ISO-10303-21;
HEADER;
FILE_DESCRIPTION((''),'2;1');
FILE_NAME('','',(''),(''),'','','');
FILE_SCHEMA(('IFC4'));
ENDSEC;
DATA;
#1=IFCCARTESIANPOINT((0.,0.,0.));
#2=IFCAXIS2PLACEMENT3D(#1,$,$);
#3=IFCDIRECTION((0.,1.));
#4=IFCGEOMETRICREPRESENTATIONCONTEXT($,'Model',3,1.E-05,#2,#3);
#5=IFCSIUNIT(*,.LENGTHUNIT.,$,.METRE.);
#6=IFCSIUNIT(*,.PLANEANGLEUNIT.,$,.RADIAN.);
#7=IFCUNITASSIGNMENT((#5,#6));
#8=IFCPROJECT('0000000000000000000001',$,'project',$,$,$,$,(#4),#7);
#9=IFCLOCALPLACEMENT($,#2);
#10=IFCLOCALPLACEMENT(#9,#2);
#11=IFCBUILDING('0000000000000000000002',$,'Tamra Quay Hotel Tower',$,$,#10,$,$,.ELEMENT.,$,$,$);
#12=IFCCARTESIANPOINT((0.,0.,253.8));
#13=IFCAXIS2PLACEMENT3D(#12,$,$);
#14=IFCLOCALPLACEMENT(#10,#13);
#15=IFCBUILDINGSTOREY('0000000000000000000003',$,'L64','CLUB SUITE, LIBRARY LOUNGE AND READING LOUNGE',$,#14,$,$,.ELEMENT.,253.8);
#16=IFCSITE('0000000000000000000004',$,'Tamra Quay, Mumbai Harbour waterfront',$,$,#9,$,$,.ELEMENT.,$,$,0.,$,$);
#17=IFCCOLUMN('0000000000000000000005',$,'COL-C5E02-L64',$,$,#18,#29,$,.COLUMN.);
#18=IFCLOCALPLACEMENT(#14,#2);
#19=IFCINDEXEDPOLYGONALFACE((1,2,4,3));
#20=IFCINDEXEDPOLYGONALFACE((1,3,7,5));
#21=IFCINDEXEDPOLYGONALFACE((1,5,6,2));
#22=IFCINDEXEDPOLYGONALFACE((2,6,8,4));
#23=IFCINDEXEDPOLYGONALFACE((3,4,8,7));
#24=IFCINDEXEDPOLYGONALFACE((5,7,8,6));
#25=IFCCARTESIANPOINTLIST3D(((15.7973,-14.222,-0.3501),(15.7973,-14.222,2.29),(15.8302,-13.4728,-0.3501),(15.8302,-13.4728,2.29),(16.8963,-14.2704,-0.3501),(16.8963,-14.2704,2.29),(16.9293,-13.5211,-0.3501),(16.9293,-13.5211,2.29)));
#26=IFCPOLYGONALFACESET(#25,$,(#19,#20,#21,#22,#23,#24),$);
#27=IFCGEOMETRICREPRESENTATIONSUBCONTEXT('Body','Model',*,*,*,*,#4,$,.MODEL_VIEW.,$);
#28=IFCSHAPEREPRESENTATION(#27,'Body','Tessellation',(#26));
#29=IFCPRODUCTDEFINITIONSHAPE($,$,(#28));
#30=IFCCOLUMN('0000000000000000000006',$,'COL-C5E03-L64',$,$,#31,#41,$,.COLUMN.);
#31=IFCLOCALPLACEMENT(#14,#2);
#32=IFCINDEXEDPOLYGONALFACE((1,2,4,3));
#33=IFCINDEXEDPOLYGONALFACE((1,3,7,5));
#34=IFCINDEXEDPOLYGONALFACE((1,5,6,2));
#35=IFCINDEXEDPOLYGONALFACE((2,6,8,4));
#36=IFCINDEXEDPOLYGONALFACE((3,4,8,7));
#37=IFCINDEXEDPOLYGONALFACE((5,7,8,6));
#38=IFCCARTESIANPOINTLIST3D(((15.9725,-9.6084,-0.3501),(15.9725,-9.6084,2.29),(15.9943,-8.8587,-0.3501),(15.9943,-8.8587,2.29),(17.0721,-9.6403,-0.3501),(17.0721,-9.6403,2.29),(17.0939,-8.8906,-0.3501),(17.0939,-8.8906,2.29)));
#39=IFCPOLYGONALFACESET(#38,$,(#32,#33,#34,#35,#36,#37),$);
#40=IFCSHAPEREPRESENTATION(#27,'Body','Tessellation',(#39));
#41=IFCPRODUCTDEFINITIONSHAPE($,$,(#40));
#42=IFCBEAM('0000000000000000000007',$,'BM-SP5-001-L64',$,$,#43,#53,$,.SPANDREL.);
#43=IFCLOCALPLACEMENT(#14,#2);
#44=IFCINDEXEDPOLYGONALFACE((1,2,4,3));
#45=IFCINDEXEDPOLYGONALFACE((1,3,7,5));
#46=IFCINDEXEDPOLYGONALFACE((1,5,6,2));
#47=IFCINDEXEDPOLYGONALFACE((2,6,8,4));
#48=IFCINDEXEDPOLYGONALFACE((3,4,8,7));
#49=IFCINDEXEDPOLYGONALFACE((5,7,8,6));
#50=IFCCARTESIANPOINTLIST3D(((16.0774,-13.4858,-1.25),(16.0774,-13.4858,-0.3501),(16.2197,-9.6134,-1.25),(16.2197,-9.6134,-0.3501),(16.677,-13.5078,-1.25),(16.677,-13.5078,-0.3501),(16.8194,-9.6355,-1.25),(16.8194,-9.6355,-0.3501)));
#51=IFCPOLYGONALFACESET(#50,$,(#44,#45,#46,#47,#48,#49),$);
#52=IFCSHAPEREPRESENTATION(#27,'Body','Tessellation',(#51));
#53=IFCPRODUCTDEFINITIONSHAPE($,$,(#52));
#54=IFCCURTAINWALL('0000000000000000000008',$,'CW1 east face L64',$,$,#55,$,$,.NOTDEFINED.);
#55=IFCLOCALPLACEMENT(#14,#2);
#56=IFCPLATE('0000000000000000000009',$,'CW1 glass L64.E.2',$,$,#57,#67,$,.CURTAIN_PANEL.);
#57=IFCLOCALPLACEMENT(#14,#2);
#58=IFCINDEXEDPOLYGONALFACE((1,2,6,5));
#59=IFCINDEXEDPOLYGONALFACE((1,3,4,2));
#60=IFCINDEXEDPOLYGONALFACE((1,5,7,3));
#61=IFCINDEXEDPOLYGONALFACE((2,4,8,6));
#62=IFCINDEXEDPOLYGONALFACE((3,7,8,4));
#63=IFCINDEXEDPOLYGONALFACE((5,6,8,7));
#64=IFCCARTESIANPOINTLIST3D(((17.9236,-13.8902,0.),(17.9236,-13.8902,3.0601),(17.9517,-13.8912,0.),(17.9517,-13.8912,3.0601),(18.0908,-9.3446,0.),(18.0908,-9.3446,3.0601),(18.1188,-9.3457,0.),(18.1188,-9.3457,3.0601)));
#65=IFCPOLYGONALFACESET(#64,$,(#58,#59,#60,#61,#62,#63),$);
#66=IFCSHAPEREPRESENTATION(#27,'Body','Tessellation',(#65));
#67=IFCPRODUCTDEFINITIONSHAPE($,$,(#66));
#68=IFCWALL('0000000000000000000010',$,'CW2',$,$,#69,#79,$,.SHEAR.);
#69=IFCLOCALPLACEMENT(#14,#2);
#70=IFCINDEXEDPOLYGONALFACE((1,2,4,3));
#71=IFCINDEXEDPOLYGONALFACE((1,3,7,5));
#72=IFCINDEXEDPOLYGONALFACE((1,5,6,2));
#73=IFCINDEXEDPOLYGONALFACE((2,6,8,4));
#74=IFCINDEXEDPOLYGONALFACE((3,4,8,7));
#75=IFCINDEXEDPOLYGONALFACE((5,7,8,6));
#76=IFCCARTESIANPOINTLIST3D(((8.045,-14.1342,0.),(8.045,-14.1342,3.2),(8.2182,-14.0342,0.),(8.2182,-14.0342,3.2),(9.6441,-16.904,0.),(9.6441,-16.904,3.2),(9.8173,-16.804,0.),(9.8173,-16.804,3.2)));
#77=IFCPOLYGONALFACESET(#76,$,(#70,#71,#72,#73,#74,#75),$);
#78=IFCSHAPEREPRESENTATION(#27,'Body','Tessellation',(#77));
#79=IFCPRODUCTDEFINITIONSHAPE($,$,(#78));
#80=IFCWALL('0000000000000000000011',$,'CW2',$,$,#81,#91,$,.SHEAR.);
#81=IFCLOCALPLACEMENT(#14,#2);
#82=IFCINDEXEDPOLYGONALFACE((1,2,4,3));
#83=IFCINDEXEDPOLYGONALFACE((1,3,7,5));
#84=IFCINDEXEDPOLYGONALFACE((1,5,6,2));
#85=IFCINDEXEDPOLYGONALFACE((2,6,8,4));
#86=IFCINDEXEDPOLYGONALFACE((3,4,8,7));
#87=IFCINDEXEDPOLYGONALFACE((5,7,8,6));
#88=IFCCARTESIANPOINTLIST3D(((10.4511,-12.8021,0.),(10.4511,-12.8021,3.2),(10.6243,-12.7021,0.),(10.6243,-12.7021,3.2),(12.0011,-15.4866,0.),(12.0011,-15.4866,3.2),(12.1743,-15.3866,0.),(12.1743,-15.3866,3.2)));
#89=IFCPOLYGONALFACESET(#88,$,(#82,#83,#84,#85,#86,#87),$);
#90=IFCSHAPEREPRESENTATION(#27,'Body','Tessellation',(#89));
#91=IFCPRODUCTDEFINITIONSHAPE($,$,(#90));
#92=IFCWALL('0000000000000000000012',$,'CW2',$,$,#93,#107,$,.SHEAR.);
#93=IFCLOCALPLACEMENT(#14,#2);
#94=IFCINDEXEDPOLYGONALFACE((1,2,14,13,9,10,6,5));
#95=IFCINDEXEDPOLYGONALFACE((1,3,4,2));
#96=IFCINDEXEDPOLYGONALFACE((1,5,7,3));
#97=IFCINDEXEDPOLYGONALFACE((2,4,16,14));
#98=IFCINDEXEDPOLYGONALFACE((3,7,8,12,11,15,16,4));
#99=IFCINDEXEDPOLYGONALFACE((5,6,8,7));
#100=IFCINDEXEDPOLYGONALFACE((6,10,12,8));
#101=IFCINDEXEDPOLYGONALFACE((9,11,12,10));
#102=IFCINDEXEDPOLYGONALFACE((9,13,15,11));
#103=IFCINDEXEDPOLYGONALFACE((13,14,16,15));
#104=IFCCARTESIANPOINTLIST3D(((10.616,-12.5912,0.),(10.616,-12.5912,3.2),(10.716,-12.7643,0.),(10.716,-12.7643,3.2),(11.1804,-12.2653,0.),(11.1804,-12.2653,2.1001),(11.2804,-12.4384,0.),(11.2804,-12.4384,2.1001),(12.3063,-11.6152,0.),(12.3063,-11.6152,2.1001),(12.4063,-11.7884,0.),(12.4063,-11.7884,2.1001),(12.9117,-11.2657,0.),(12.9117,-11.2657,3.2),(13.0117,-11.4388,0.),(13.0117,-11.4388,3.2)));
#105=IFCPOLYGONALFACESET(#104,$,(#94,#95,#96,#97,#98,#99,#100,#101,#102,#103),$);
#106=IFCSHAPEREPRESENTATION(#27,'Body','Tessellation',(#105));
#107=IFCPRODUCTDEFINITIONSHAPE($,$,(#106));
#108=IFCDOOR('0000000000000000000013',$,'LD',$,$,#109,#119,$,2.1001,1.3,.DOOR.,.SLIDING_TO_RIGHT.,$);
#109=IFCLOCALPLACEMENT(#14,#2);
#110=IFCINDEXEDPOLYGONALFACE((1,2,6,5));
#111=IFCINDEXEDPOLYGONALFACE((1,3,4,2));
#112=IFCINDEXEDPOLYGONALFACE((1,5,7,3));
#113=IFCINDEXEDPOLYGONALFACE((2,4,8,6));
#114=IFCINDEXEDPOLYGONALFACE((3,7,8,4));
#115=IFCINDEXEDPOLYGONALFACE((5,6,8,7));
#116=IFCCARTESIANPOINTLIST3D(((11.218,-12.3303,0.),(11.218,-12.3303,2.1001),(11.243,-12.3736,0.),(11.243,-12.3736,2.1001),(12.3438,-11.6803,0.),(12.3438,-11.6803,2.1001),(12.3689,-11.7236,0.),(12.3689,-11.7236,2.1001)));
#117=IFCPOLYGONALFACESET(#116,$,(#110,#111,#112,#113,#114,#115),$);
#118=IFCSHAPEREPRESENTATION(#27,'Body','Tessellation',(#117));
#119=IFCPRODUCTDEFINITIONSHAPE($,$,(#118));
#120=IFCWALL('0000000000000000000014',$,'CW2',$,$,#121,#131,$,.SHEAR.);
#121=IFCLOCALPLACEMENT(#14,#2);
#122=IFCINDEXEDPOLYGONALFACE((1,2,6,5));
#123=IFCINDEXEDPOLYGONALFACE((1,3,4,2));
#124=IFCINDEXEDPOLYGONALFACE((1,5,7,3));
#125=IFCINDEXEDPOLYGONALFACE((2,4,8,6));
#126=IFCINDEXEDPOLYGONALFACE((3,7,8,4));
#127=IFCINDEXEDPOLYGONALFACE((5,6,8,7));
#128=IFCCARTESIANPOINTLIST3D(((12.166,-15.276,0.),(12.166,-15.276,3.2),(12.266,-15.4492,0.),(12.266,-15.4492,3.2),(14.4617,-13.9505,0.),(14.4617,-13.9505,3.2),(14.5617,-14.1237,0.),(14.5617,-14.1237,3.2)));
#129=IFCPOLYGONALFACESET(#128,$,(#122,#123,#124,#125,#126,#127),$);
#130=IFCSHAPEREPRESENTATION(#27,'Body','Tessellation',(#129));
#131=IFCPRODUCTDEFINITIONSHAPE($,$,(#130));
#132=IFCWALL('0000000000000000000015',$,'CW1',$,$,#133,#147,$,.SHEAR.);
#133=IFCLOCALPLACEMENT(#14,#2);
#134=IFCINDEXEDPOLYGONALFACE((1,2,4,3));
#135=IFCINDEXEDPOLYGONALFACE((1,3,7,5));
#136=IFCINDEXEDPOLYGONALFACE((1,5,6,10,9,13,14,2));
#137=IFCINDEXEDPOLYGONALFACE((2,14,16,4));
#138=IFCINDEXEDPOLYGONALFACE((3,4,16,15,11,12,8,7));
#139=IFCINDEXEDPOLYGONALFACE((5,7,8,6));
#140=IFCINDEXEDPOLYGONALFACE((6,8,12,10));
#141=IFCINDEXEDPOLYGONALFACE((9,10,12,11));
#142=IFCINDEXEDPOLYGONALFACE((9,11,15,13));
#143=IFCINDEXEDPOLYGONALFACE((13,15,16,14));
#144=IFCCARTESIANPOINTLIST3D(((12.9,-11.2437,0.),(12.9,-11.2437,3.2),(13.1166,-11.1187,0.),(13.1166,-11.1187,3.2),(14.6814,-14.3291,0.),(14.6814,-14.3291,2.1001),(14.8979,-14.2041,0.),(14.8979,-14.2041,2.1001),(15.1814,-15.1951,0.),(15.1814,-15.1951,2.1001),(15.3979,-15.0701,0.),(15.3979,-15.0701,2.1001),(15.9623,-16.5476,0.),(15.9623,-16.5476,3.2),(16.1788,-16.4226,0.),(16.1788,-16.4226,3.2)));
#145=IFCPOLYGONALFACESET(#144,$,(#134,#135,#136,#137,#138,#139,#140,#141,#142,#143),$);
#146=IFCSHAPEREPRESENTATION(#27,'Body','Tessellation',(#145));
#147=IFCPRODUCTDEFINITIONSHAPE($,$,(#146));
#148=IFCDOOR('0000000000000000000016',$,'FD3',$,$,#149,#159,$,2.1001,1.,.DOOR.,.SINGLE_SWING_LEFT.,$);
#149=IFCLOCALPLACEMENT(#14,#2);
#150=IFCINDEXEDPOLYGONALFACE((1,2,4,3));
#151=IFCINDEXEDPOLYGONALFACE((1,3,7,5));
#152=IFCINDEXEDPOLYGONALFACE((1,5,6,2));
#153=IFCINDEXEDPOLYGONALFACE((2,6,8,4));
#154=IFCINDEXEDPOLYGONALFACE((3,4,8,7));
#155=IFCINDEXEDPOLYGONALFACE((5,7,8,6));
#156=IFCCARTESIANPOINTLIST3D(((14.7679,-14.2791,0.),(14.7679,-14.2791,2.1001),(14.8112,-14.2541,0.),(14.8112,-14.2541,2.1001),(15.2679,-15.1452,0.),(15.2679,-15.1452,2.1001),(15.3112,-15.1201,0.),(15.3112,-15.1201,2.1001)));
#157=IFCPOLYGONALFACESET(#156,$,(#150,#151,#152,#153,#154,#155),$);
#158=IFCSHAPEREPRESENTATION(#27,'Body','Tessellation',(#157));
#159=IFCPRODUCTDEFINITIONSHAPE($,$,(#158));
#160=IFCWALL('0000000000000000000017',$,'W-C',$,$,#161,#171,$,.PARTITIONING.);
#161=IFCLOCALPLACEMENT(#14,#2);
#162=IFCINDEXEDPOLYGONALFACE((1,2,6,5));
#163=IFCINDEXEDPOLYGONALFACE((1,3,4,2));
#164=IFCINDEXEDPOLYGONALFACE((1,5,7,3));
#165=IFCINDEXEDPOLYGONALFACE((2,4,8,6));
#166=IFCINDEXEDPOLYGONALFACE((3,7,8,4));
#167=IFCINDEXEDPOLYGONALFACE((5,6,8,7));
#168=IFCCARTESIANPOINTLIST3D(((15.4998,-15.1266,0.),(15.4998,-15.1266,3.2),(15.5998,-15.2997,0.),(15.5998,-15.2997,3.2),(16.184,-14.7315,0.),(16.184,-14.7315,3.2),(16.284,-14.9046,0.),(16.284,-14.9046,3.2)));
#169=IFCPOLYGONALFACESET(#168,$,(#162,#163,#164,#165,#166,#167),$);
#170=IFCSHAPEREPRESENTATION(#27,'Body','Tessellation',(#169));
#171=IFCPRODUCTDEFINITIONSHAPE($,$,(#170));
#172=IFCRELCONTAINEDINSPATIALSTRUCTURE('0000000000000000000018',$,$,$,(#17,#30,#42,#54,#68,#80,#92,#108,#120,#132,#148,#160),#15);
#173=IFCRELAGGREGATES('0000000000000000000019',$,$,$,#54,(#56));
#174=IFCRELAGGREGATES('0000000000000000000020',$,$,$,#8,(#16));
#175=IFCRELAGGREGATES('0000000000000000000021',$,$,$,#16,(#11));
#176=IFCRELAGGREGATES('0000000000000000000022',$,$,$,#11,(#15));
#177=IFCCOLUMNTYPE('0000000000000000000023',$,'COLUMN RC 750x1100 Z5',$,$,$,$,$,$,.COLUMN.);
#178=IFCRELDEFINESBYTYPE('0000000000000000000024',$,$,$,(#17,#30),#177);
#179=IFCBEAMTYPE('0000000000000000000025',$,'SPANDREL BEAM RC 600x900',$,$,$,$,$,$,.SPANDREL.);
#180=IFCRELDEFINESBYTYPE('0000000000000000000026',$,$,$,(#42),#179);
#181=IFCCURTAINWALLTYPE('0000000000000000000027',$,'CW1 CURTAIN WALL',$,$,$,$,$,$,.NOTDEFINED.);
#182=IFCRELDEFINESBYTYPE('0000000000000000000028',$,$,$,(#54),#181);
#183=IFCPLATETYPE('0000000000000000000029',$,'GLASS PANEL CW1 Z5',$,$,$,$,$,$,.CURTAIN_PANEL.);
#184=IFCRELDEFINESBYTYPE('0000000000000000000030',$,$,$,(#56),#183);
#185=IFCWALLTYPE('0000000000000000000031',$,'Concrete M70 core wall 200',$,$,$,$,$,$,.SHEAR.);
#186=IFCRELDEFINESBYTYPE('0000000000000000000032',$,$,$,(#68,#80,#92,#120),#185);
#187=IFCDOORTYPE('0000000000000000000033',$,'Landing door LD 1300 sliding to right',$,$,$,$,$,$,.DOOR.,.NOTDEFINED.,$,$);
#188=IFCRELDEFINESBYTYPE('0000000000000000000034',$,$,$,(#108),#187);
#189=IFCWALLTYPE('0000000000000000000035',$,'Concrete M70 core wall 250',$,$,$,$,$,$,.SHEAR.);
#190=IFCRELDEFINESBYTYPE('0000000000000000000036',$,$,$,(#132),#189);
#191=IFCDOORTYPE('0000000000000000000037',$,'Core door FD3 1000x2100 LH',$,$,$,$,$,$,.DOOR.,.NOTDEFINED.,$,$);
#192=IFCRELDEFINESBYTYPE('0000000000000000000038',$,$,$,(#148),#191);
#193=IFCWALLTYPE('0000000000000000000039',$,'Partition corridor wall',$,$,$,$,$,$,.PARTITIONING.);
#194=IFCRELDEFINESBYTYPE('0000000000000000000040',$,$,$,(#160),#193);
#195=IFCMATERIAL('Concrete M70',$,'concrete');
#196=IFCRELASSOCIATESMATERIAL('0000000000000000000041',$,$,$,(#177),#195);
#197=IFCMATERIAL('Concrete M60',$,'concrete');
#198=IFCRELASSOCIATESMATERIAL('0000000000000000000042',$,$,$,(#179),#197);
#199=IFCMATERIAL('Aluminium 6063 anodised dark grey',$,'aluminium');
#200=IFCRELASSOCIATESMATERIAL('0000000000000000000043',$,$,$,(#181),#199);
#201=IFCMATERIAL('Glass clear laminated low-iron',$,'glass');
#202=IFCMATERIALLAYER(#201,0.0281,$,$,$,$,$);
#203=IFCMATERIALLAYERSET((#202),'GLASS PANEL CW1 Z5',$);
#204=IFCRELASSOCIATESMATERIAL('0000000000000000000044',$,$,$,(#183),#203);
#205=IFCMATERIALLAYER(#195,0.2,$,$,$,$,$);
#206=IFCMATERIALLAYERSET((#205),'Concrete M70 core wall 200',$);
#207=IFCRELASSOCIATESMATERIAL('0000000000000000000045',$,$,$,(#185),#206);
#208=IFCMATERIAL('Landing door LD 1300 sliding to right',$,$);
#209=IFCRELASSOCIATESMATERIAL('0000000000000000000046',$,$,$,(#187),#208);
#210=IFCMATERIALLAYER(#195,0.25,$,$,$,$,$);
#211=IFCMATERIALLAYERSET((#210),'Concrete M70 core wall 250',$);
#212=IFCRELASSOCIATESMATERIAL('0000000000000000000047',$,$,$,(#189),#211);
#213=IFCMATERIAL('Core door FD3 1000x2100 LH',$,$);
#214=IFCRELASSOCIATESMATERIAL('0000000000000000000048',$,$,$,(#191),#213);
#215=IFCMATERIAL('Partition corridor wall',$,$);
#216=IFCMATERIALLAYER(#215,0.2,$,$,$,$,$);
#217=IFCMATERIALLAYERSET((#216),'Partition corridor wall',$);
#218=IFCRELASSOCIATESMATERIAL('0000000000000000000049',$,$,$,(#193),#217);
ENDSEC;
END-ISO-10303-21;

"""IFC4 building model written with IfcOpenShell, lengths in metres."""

from ifc_helpers import new_model, si_unit, direction, frame, frame_2d, origin, origin_2d, place, context, subcontext, project, spatial, rectangle, extrude, material, layer, layer_set, material_profile, profile_set, type_object, element, fill, aggregate, save


model = new_model("IFC4")

# Units and contexts
model_context = context("Model", 3, precision=1e-05, world=origin(), true_north=direction((0.0, 1.0)))
body_context = subcontext(model_context, "Body", "Model", "MODEL_VIEW")
ifc_project = project(units=[si_unit("LENGTHUNIT", "METRE"), si_unit("PLANEANGLEUNIT", "RADIAN")], contexts=[model_context])

# Site, building, storey
site_placement = place(None, origin())
site = spatial("IfcSite", under=ifc_project, at=site_placement, Name="Tamra Quay, Mumbai Harbour waterfront", CompositionType="ELEMENT", RefElevation=0.0)
building_placement = place(site_placement, origin())
building = spatial("IfcBuilding", under=site, at=building_placement, Name="Tamra Quay Hotel Tower", CompositionType="ELEMENT")
storey_placement = place(building_placement, frame((0.0, 0.0, 253.8)))
storey = spatial("IfcBuildingStorey", under=building, at=storey_placement, Name="L64", Description="CLUB SUITE, LIBRARY LOUNGE AND READING LOUNGE", CompositionType="ELEMENT", Elevation=253.8)

# Columns
ifc_material_1 = material(Name="Concrete M70", Category="concrete")
ifc_material_profile_1 = material_profile(ifc_material_1, rectangle(XDim=1.1001, YDim=0.75, at=origin_2d()), Name="COLUMN RC 750x1100 Z5")
ifc_profile_set_1 = profile_set([ifc_material_profile_1], Name="Concrete M70")
column_type = type_object("IfcColumnType", Name="COLUMN RC 750x1100 Z5", PredefinedType="COLUMN", material=ifc_profile_set_1)
for number, where, z_axis, x_axis, name in (
    (1, (16.3633, -13.8716, -0.3501), (0.0, 0.0, 1.0), (-0.999033, 0.043958, 0.0), "COL-C5E02-L64"),
    (2, (16.5332, -9.2495, -0.3501), (0.0, 0.0, 1.0), (-0.999579, 0.029028, 0.0), "COL-C5E03-L64"),
):
    element("IfcColumn", number, at=place(storey_placement, frame(where, z_axis=z_axis, x_axis=x_axis)), inside=storey, type_object=column_type, Name=name, PredefinedType="COLUMN", context=body_context, shape_type="SweptSolid", body=[
        extrude(rectangle(XDim=1.1001, YDim=0.75, at=origin_2d()), origin(), (0.0, 0.0, 1.0), 2.6401),
    ])

# Beam
ifc_material_2 = material(Name="Concrete M60", Category="concrete")
ifc_material_profile_2 = material_profile(ifc_material_2, rectangle(XDim=0.6001, YDim=0.8999, at=origin_2d()), Name="SPANDREL BEAM RC 600x900")
ifc_profile_set_2 = profile_set([ifc_material_profile_2], Name="Concrete M60")
beam_type = type_object("IfcBeamType", Name="SPANDREL BEAM RC 600x900", PredefinedType="SPANDREL", material=ifc_profile_set_2)
beam_placement = place(storey_placement, frame((16.3772, -13.4968, -0.8), z_axis=(0.036732, 0.999325, 0.0), x_axis=(-0.999325, 0.036732, 0.0)))
element("IfcBeam", 3, at=beam_placement, inside=storey, type_object=beam_type, Name="BM-SP5-001-L64", PredefinedType="SPANDREL", context=body_context, shape_type="SweptSolid", body=[
    extrude(rectangle(XDim=0.6001, YDim=0.8999, at=origin_2d()), origin(), (0.0, 0.0, 1.0), 3.875),
])

# Curtain wall, plate
ifc_material_3 = material(Name="Aluminium 6063 anodised dark grey", Category="aluminium")
curtain_wall_type = type_object("IfcCurtainWallType", Name="CW1 CURTAIN WALL", PredefinedType="NOTDEFINED", material=ifc_material_3)
curtain_wall_placement = place(storey_placement, origin())
curtain_wall = element("IfcCurtainWall", 4, at=curtain_wall_placement, inside=storey, type_object=curtain_wall_type, Name="CW1 east face L64", PredefinedType="NOTDEFINED")
ifc_material_4 = material(Name="Glass clear laminated low-iron", Category="glass")
ifc_layer_1 = layer(ifc_material_4, 0.0281)
ifc_layer_set_1 = layer_set([ifc_layer_1], Name="GLASS PANEL CW1 Z5")
plate_type = type_object("IfcPlateType", Name="GLASS PANEL CW1 Z5", PredefinedType="CURTAIN_PANEL", material=ifc_layer_set_1)
plate_placement = place(storey_placement, frame((18.0212, -11.6179, 0.0), z_axis=(0.0, 0.0, 1.0), x_axis=(0.036745, 0.999325, 0.0)))
plate = element("IfcPlate", 5, at=plate_placement, type_object=plate_type, Name="CW1 glass L64.E.2", PredefinedType="CURTAIN_PANEL", context=body_context, shape_type="SweptSolid", body=[
    extrude(rectangle(XDim=4.5486, YDim=0.0281, at=origin_2d()), origin(), (0.0, 0.0, 1.0), 3.0601),
])
aggregate(curtain_wall, [plate])

# Walls
ifc_layer_2 = layer(ifc_material_1, 0.2)
ifc_layer_set_2 = layer_set([ifc_layer_2], Name="Concrete M70 core wall 200")
wall_type_1 = type_object("IfcWallType", Name="Concrete M70 core wall 200", PredefinedType="SHEAR", material=ifc_layer_set_2)
wall_1_placement = place(storey_placement, frame((8.1316, -14.0842, 0.0), z_axis=(0.0, 0.0, 1.0), x_axis=(0.499998, -0.866027, 0.0)))
element("IfcWall", 6, at=wall_1_placement, inside=storey, type_object=wall_type_1, Name="CW2", PredefinedType="SHEAR", context=body_context, shape_type="SweptSolid", body=[
    extrude(rectangle(XDim=3.1982, YDim=0.2, at=frame_2d((1.5991, 0.0))), origin(), (0.0, 0.0, 1.0), 3.2),
])
wall_2_placement = place(storey_placement, frame((12.0876, -15.4365, 0.0), z_axis=(0.0, 0.0, 1.0), x_axis=(-0.500027, 0.86601, 0.0)))
element("IfcWall", 7, at=wall_2_placement, inside=storey, type_object=wall_type_1, Name="CW2", PredefinedType="SHEAR", context=body_context, shape_type="SweptSolid", body=[
    extrude(rectangle(XDim=3.0999, YDim=0.2, at=frame_2d((1.5498, 0.0))), origin(), (0.0, 0.0, 1.0), 3.2),
])

# Wall, opening, door
wall_3_placement = place(storey_placement, frame((10.666, -12.6777, 0.0), z_axis=(0.0, 0.0, 1.0), x_axis=(0.866018, 0.500012, 0.0)))
wall_3 = element("IfcWall", 8, at=wall_3_placement, inside=storey, type_object=wall_type_1, Name="CW2", PredefinedType="SHEAR", context=body_context, shape_type="SweptSolid", body=[
    extrude(rectangle(XDim=2.6509, YDim=0.2, at=frame_2d((1.3254, 0.0))), origin(), (0.0, 0.0, 1.0), 3.2),
])
opening_1_placement = place(wall_3_placement, frame((0.6519, 0.0, 0.0)))
opening_1 = element("IfcOpeningElement", 9, at=opening_1_placement, cuts=wall_3, PredefinedType="OPENING", context=body_context, shape_type="SweptSolid", body=[
    extrude(rectangle(XDim=1.3, YDim=2.1001, at=frame_2d((0.6499, 1.05))), frame((0.0, 0.1099, 0.0), z_axis=(0.0, -1.0, 0.0), x_axis=(1.0, 0.0, 0.0)), (0.0, 0.0, 1.0), 0.22),
])
ifc_material_5 = material(Name="Landing door LD 1300 sliding to right")
door_type_1 = type_object("IfcDoorType", Name="Landing door LD 1300 sliding to right", OperationType="NOTDEFINED", PredefinedType="DOOR", material=ifc_material_5)
door_1_placement = place(opening_1_placement, origin())
door_1 = element("IfcDoor", 10, at=door_1_placement, inside=storey, type_object=door_type_1, Name="LD", OperationType="SLIDING_TO_RIGHT", OverallHeight=2.1001, OverallWidth=1.3, PredefinedType="DOOR", context=body_context, shape_type="SweptSolid", body=[
    extrude(rectangle(XDim=1.3, YDim=2.1001, at=frame_2d((0.6499, 1.05))), frame((0.0, 0.0249, 0.0), z_axis=(0.0, -1.0, 0.0), x_axis=(1.0, 0.0, 0.0)), (0.0, 0.0, 1.0), 0.05),
])
fill(opening_1, door_1)

# Wall
wall_4_placement = place(storey_placement, frame((14.5117, -14.0371, 0.0), z_axis=(0.0, 0.0, 1.0), x_axis=(-0.866018, -0.500012, 0.0)))
element("IfcWall", 11, at=wall_4_placement, inside=storey, type_object=wall_type_1, Name="CW2", PredefinedType="SHEAR", context=body_context, shape_type="SweptSolid", body=[
    extrude(rectangle(XDim=2.6509, YDim=0.2, at=frame_2d((1.3254, 0.0))), origin(), (0.0, 0.0, 1.0), 3.2),
])

# Wall, opening, door
ifc_layer_3 = layer(ifc_material_1, 0.25)
ifc_layer_set_3 = layer_set([ifc_layer_3], Name="Concrete M70 core wall 250")
wall_type_2 = type_object("IfcWallType", Name="Concrete M70 core wall 250", PredefinedType="SHEAR", material=ifc_layer_set_3)
wall_5_placement = place(storey_placement, frame((13.0083, -11.1812, 0.0), z_axis=(0.0, 0.0, 1.0), x_axis=(0.500002, -0.866024, 0.0)))
wall_5 = element("IfcWall", 12, at=wall_5_placement, inside=storey, type_object=wall_type_2, Name="CW1", PredefinedType="SHEAR", context=body_context, shape_type="SweptSolid", body=[
    extrude(rectangle(XDim=6.1245, YDim=0.25, at=frame_2d((3.0623, 0.0))), origin(), (0.0, 0.0, 1.0), 3.2),
])
opening_2_placement = place(wall_5_placement, frame((3.5627, 0.0, 0.0)))
opening_2 = element("IfcOpeningElement", 13, at=opening_2_placement, cuts=wall_5, PredefinedType="OPENING", context=body_context, shape_type="SweptSolid", body=[
    extrude(rectangle(XDim=1.0, YDim=2.1001, at=frame_2d((0.5, 1.05))), frame((0.0, 0.135, 0.0), z_axis=(0.0, -1.0, 0.0), x_axis=(1.0, 0.0, 0.0)), (0.0, 0.0, 1.0), 0.27),
])
ifc_material_6 = material(Name="Core door FD3 1000x2100 LH")
door_type_2 = type_object("IfcDoorType", Name="Core door FD3 1000x2100 LH", OperationType="NOTDEFINED", PredefinedType="DOOR", material=ifc_material_6)
door_2_placement = place(opening_2_placement, origin())
door_2 = element("IfcDoor", 14, at=door_2_placement, inside=storey, type_object=door_type_2, Name="FD3", OperationType="SINGLE_SWING_LEFT", OverallHeight=2.1001, OverallWidth=1.0, PredefinedType="DOOR", context=body_context, shape_type="SweptSolid", body=[
    extrude(rectangle(XDim=1.0, YDim=2.1001, at=frame_2d((0.5, 1.05))), frame((0.0, 0.0249, 0.0), z_axis=(0.0, -1.0, 0.0), x_axis=(1.0, 0.0, 0.0)), (0.0, 0.0, 1.0), 0.05),
])
fill(opening_2, door_2)

# Wall
ifc_material_7 = material(Name="Partition corridor wall")
ifc_layer_4 = layer(ifc_material_7, 0.2)
ifc_layer_set_4 = layer_set([ifc_layer_4], Name="Partition corridor wall")
wall_type_3 = type_object("IfcWallType", Name="Partition corridor wall", PredefinedType="PARTITIONING", material=ifc_layer_set_4)
wall_6_placement = place(storey_placement, frame((15.5498, -15.2131, 0.0), z_axis=(0.0, 0.0, 1.0), x_axis=(0.86599, 0.500061, 0.0)))
element("IfcWall", 15, at=wall_6_placement, inside=storey, type_object=wall_type_3, Name="W-C", PredefinedType="PARTITIONING", context=body_context, shape_type="SweptSolid", body=[
    extrude(rectangle(XDim=0.79, YDim=0.2, at=frame_2d((0.395, 0.0))), origin(), (0.0, 0.0, 1.0), 3.2),
])

save(model, "model.ifc")
